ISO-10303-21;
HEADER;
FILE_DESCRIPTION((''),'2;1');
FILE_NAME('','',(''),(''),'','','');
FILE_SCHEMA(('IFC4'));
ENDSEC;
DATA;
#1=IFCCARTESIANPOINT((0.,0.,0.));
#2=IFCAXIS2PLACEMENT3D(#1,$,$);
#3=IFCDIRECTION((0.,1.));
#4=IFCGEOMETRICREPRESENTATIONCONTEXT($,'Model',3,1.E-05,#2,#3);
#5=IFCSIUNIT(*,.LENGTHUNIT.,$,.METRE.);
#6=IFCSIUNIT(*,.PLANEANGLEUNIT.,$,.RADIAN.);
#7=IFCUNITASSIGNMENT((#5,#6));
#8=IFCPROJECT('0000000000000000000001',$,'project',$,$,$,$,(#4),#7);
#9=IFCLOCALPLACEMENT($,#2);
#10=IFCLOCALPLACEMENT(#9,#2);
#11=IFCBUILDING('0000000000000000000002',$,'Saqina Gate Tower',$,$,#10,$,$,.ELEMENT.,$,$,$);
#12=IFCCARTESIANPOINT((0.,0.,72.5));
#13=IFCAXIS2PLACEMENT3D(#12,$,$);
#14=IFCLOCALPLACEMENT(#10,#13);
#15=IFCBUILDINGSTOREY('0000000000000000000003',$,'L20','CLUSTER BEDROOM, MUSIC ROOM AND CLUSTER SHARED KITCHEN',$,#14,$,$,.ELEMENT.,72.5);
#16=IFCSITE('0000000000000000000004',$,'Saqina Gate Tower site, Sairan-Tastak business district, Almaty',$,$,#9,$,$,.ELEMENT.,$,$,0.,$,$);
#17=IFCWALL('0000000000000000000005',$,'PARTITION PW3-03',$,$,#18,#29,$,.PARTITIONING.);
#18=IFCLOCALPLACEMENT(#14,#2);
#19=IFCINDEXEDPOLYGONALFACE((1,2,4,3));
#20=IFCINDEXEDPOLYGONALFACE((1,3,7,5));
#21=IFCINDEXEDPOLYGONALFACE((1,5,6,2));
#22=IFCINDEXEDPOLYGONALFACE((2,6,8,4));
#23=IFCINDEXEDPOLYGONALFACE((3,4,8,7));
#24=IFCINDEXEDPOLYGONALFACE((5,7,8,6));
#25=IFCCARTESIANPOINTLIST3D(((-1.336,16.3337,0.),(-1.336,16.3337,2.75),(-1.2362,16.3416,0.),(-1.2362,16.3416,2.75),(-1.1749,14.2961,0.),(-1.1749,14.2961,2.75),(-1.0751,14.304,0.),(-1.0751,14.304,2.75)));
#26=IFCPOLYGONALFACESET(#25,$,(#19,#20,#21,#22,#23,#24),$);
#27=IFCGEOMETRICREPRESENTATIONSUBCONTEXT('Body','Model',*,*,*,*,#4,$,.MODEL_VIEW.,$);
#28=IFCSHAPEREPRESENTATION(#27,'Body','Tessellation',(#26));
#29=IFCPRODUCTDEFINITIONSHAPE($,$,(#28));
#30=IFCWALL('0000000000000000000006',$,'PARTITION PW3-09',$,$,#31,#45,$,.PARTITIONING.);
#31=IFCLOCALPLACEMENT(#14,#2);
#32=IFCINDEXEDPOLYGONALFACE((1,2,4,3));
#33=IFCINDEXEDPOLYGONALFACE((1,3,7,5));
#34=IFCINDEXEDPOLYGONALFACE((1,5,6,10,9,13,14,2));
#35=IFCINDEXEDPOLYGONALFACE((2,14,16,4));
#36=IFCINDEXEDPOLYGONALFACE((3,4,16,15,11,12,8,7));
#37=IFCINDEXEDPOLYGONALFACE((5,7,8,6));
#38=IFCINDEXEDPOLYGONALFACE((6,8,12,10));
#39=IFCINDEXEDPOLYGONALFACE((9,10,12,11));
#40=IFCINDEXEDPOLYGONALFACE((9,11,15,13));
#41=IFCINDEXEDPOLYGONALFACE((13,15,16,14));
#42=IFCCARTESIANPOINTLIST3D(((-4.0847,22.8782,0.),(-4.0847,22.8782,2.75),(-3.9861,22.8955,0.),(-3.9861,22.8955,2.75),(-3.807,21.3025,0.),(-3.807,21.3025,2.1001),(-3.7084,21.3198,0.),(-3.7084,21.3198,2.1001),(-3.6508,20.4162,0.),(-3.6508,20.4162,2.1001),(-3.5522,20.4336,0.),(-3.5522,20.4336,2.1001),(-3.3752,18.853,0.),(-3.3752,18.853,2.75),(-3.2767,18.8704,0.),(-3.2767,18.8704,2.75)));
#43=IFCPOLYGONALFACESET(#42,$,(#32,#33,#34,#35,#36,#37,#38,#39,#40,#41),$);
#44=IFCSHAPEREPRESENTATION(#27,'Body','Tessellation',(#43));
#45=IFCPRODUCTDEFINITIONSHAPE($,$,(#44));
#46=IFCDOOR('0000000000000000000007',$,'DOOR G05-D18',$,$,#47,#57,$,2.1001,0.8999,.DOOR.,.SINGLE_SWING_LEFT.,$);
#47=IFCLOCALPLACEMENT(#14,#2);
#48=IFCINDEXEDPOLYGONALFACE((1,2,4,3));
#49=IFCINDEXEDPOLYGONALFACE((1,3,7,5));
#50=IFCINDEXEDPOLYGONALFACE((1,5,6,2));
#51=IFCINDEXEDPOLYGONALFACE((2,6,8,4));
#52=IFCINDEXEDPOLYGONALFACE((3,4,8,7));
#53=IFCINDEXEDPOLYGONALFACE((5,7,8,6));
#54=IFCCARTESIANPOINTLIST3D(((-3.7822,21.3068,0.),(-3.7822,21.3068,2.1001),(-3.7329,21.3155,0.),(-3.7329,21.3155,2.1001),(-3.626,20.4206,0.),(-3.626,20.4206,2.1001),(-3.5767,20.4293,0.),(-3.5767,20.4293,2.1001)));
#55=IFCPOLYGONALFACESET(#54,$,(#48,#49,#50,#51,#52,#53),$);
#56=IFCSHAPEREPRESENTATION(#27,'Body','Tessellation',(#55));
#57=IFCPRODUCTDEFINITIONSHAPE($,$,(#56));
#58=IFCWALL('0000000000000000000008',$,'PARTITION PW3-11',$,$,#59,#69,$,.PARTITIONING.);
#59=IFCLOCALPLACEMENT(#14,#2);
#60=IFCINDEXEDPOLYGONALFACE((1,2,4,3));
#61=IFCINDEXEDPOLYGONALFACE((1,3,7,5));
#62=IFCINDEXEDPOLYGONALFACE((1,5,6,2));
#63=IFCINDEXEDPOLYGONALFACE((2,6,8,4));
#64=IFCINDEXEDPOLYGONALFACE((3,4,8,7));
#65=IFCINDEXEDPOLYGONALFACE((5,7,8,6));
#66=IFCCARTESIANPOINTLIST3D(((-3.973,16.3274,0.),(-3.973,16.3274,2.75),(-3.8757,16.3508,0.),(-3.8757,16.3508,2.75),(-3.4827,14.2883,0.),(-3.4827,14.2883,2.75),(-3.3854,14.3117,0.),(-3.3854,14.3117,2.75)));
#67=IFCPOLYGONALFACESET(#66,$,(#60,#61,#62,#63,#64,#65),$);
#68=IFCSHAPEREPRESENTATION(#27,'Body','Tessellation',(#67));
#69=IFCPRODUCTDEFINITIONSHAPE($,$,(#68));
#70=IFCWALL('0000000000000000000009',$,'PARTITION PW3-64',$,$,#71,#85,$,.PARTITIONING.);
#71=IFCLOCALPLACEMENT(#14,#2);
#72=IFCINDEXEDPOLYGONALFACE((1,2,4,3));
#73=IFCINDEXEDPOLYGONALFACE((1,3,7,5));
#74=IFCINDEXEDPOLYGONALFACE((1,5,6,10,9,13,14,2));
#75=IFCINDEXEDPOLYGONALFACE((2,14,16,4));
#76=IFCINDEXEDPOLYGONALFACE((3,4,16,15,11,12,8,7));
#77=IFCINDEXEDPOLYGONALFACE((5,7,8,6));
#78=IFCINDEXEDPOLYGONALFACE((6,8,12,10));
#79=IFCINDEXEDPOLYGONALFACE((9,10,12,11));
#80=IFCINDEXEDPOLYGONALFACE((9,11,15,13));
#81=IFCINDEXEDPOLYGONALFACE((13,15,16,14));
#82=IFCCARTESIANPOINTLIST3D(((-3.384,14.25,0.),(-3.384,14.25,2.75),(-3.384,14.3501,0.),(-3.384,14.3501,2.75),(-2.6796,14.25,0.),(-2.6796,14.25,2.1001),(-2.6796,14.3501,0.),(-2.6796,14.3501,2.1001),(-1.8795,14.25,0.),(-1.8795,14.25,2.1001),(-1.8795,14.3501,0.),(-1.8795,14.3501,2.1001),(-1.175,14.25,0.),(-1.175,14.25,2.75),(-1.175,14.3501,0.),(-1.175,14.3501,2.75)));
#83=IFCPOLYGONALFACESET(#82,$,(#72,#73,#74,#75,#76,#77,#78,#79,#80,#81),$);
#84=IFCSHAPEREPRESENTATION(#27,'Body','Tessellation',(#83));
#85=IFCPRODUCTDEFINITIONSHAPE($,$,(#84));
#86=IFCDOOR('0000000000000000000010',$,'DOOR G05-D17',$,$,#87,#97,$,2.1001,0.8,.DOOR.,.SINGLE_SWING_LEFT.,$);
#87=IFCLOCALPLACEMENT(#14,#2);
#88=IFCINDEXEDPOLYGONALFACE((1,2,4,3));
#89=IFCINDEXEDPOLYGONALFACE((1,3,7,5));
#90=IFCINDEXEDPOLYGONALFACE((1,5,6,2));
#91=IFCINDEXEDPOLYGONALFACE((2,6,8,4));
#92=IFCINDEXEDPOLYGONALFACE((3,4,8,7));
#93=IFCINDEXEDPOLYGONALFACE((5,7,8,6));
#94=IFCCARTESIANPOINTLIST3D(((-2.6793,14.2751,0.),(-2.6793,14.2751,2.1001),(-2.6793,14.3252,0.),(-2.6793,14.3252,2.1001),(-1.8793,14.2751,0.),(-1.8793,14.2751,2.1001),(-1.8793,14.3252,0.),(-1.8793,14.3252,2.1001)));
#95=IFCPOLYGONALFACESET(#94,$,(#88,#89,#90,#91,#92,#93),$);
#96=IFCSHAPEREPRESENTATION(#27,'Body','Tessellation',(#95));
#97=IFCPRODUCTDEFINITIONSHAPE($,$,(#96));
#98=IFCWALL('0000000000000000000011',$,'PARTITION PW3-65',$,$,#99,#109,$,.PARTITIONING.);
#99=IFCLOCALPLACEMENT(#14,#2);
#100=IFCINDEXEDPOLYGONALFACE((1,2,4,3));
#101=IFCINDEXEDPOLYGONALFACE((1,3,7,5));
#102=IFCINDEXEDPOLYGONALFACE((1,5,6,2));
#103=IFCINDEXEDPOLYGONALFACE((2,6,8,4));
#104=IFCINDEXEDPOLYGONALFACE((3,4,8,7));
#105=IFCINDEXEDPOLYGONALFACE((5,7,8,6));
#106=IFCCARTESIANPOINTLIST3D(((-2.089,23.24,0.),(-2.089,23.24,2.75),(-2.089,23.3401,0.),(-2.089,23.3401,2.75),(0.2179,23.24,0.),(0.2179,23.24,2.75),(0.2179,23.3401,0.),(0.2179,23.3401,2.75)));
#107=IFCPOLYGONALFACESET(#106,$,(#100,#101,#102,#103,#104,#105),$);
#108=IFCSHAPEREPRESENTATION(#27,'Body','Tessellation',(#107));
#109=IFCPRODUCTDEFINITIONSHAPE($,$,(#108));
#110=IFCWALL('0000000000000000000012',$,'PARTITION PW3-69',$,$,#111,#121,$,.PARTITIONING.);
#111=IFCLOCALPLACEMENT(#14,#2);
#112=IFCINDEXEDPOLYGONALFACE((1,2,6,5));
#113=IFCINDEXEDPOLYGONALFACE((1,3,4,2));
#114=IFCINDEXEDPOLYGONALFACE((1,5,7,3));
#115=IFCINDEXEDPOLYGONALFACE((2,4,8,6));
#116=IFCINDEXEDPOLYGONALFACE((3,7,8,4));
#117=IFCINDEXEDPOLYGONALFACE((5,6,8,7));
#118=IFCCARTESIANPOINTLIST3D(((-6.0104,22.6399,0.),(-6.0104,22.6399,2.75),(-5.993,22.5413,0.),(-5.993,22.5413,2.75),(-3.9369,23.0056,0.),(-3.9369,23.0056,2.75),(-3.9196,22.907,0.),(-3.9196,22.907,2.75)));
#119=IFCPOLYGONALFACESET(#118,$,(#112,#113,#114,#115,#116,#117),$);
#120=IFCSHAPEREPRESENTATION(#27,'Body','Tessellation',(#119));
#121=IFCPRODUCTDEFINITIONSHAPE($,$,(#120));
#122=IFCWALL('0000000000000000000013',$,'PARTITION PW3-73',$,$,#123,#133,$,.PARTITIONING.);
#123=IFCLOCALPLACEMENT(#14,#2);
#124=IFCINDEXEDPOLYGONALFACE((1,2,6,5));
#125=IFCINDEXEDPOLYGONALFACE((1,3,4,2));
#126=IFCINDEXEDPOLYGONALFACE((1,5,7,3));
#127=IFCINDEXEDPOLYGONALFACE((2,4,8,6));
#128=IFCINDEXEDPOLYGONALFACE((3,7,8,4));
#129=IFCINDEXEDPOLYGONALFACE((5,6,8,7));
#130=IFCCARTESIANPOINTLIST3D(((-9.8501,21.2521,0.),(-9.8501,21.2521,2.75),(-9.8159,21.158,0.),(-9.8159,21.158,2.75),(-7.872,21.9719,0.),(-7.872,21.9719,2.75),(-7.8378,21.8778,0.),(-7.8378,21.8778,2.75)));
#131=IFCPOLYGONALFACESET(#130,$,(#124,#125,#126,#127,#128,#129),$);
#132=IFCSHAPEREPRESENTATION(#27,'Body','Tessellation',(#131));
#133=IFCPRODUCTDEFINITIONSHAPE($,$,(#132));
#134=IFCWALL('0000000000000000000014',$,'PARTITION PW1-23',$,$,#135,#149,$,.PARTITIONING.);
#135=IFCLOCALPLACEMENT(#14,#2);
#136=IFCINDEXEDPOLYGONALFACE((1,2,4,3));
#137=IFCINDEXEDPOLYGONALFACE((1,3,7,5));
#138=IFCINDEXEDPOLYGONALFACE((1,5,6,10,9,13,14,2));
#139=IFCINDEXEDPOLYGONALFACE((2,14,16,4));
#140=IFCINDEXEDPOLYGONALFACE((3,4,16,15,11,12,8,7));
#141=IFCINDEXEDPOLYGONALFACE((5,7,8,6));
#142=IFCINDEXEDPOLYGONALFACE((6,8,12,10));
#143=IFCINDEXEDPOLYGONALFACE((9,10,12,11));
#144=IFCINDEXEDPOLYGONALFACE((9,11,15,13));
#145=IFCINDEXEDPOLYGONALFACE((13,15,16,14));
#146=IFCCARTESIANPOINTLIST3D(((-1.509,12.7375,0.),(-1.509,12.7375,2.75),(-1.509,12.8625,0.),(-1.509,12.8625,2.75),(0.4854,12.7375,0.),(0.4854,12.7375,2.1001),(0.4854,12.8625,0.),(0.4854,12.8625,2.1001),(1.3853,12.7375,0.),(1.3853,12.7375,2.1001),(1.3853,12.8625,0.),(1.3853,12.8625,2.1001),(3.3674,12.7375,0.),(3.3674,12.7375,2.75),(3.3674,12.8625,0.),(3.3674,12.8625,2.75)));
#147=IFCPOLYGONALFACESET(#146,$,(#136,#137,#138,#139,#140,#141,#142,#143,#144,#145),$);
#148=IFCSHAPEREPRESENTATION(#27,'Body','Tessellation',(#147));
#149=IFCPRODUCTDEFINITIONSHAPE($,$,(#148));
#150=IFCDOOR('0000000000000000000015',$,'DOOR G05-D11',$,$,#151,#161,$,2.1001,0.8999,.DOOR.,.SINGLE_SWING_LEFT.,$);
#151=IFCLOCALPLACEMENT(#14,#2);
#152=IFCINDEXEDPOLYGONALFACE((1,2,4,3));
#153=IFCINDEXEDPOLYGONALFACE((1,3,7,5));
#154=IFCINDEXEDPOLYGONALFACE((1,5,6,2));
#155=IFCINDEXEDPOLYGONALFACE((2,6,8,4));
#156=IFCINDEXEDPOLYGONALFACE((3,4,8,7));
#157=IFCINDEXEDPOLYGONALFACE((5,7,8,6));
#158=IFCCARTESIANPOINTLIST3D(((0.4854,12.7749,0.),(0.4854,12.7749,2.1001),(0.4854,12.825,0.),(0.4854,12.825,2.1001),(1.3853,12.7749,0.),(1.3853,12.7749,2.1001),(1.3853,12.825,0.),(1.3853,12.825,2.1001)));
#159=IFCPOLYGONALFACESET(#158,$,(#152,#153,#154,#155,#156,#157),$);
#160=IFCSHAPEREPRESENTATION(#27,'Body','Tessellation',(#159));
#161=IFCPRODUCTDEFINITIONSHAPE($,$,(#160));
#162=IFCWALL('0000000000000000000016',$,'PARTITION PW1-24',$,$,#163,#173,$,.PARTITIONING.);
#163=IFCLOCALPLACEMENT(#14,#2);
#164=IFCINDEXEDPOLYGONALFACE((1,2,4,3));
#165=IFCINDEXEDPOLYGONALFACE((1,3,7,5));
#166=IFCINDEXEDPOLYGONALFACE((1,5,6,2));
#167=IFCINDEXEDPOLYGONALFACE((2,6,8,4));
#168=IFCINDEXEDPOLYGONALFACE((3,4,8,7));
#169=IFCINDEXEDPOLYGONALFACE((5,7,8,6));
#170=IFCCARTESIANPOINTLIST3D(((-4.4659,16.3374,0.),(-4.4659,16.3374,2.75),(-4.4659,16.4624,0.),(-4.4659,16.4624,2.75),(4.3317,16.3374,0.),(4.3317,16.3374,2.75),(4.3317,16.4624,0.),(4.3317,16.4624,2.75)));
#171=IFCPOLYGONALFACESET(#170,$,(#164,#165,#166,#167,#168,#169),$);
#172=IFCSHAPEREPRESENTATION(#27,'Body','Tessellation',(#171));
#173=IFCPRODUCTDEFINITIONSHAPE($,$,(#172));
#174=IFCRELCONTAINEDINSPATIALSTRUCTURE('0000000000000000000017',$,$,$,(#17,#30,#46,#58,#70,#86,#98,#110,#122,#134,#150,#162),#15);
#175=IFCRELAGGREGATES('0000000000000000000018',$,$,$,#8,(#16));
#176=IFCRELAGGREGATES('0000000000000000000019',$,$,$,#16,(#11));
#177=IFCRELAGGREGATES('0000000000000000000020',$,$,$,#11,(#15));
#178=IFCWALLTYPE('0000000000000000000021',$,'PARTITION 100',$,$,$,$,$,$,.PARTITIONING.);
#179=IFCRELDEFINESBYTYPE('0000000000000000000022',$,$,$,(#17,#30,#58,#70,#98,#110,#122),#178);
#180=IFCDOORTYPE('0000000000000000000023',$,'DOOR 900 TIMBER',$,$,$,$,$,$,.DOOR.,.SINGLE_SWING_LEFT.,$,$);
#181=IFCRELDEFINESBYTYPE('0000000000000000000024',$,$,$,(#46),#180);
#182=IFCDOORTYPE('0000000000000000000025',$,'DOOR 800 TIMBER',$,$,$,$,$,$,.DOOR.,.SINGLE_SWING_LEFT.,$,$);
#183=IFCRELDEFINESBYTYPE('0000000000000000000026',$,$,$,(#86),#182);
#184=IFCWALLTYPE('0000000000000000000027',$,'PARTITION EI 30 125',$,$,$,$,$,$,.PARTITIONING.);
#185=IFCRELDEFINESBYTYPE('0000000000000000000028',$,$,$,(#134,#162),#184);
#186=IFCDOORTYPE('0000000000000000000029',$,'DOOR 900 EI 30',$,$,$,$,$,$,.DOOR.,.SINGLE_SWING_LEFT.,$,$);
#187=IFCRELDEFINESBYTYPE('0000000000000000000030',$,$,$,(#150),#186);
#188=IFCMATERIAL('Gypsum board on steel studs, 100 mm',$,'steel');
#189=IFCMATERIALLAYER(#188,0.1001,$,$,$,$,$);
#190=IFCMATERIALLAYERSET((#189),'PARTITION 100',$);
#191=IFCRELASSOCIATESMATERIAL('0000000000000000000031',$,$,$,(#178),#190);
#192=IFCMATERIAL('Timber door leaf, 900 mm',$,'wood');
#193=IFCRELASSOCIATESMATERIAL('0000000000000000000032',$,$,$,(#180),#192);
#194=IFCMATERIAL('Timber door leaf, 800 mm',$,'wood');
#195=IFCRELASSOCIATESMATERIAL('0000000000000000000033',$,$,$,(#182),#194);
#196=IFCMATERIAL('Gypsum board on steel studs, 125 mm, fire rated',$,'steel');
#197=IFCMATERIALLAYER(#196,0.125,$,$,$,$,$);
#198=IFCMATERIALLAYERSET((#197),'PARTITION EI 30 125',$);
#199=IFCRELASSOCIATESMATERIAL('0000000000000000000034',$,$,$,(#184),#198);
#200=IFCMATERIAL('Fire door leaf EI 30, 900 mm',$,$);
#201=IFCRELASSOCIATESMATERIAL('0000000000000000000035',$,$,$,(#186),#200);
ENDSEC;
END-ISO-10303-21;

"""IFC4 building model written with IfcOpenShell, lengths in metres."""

from ifc_helpers import new_model, si_unit, direction, frame, frame_2d, origin, place, context, subcontext, project, spatial, rectangle, extrude, material, layer, layer_set, type_object, element, fill, save


model = new_model("IFC4")

# Units and contexts
model_context = context("Model", 3, precision=1e-05, world=origin(), true_north=direction((0.0, 1.0)))
body_context = subcontext(model_context, "Body", "Model", "MODEL_VIEW")
ifc_project = project(units=[si_unit("LENGTHUNIT", "METRE"), si_unit("PLANEANGLEUNIT", "RADIAN")], contexts=[model_context])

# Site, building, storey
site_placement = place(None, origin())
site = spatial("IfcSite", under=ifc_project, at=site_placement, Name="Saqina Gate Tower site, Sairan-Tastak business district, Almaty", CompositionType="ELEMENT", RefElevation=0.0)
building_placement = place(site_placement, origin())
building = spatial("IfcBuilding", under=site, at=building_placement, Name="Saqina Gate Tower", CompositionType="ELEMENT")
storey_placement = place(building_placement, frame((0.0, 0.0, 72.5)))
storey = spatial("IfcBuildingStorey", under=building, at=storey_placement, Name="L20", Description="CLUSTER BEDROOM, MUSIC ROOM AND CLUSTER SHARED KITCHEN", CompositionType="ELEMENT", Elevation=72.5)

# Wall
ifc_material_1 = material(Name="Gypsum board on steel studs, 100 mm", Category="steel")
ifc_layer_1 = layer(ifc_material_1, 0.1001)
ifc_layer_set_1 = layer_set([ifc_layer_1], Name="PARTITION 100")
wall_type_1 = type_object("IfcWallType", Name="PARTITION 100", PredefinedType="PARTITIONING", material=ifc_layer_set_1)
wall_1_placement = place(storey_placement, frame((-1.2861, 16.3376, 0.0), z_axis=(0.0, 0.0, 1.0), x_axis=(0.078834, -0.996888, 0.0)))
element("IfcWall", 1, at=wall_1_placement, inside=storey, type_object=wall_type_1, Name="PARTITION PW3-03", PredefinedType="PARTITIONING", context=body_context, shape_type="SweptSolid", body=[
    extrude(rectangle(XDim=2.0439, YDim=0.1001, at=frame_2d((1.022, 0.0))), origin(), (0.0, 0.0, 1.0), 2.75),
])

# Wall, opening, door
wall_2_placement = place(storey_placement, frame((-4.0354, 22.8867, 0.0), z_axis=(0.0, 0.0, 1.0), x_axis=(0.173584, -0.984819, 0.0)))
wall_2 = element("IfcWall", 2, at=wall_2_placement, inside=storey, type_object=wall_type_1, Name="PARTITION PW3-09", PredefinedType="PARTITIONING", context=body_context, shape_type="SweptSolid", body=[
    extrude(rectangle(XDim=4.0872, YDim=0.1001, at=frame_2d((2.0435, 0.0))), origin(), (0.0, 0.0, 1.0), 2.75),
])
opening_1_placement = place(wall_2_placement, frame((1.5999, 0.0, 0.0)))
opening_1 = element("IfcOpeningElement", 3, at=opening_1_placement, cuts=wall_2, PredefinedType="OPENING", context=body_context, shape_type="SweptSolid", body=[
    extrude(rectangle(XDim=0.8999, YDim=2.1001, at=frame_2d((0.45, 1.05))), frame((0.0, 0.062, 0.0), z_axis=(0.0, -1.0, 0.0), x_axis=(1.0, 0.0, 0.0)), (0.0, 0.0, 1.0), 0.124),
])
ifc_material_2 = material(Name="Timber door leaf, 900 mm", Category="wood")
door_type_1 = type_object("IfcDoorType", Name="DOOR 900 TIMBER", OperationType="SINGLE_SWING_LEFT", PredefinedType="DOOR", material=ifc_material_2)
door_1_placement = place(opening_1_placement, frame((0.8999, 0.0, 0.0), z_axis=(0.0, 0.0, 1.0), x_axis=(-1.0, 0.0, 0.0)))
door_1 = element("IfcDoor", 4, at=door_1_placement, inside=storey, type_object=door_type_1, Name="DOOR G05-D18", OperationType="SINGLE_SWING_LEFT", OverallHeight=2.1001, OverallWidth=0.8999, PredefinedType="DOOR", context=body_context, shape_type="SweptSolid", body=[
    extrude(rectangle(XDim=0.8999, YDim=2.1001, at=frame_2d((0.45, 1.05))), frame((0.0, 0.0249, 0.0), z_axis=(0.0, -1.0, 0.0), x_axis=(1.0, 0.0, 0.0)), (0.0, 0.0, 1.0), 0.05),
])
fill(opening_1, door_1)

# Wall
wall_3_placement = place(storey_placement, frame((-3.9243, 16.3391, 0.0), z_axis=(0.0, 0.0, 1.0), x_axis=(0.23376, -0.972294, 0.0)))
element("IfcWall", 5, at=wall_3_placement, inside=storey, type_object=wall_type_1, Name="PARTITION PW3-11", PredefinedType="PARTITIONING", context=body_context, shape_type="SweptSolid", body=[
    extrude(rectangle(XDim=2.0972, YDim=0.1001, at=frame_2d((1.0486, 0.0))), origin(), (0.0, 0.0, 1.0), 2.75),
])

# Wall, opening, door
wall_4_placement = place(storey_placement, frame((-3.384, 14.3, 0.0), z_axis=(0.0, 0.0, 1.0), x_axis=(1.0, 0.0, 0.0)))
wall_4 = element("IfcWall", 6, at=wall_4_placement, inside=storey, type_object=wall_type_1, Name="PARTITION PW3-64", PredefinedType="PARTITIONING", context=body_context, shape_type="SweptSolid", body=[
    extrude(rectangle(XDim=2.209, YDim=0.1001, at=frame_2d((1.1045, 0.0))), origin(), (0.0, 0.0, 1.0), 2.75),
])
opening_2_placement = place(wall_4_placement, frame((0.7046, 0.0, 0.0)))
opening_2 = element("IfcOpeningElement", 7, at=opening_2_placement, cuts=wall_4, PredefinedType="OPENING", context=body_context, shape_type="SweptSolid", body=[
    extrude(rectangle(XDim=0.8, YDim=2.1001, at=frame_2d((0.3999, 1.05))), frame((0.0, 0.062, 0.0), z_axis=(0.0, -1.0, 0.0), x_axis=(1.0, 0.0, 0.0)), (0.0, 0.0, 1.0), 0.124),
])
ifc_material_3 = material(Name="Timber door leaf, 800 mm", Category="wood")
door_type_2 = type_object("IfcDoorType", Name="DOOR 800 TIMBER", OperationType="SINGLE_SWING_LEFT", PredefinedType="DOOR", material=ifc_material_3)
door_2_placement = place(opening_2_placement, frame((0.8, 0.0, 0.0), z_axis=(0.0, 0.0, 1.0), x_axis=(-1.0, 0.0, 0.0)))
door_2 = element("IfcDoor", 8, at=door_2_placement, inside=storey, type_object=door_type_2, Name="DOOR G05-D17", OperationType="SINGLE_SWING_LEFT", OverallHeight=2.1001, OverallWidth=0.8, PredefinedType="DOOR", context=body_context, shape_type="SweptSolid", body=[
    extrude(rectangle(XDim=0.8, YDim=2.1001, at=frame_2d((0.3999, 1.05))), frame((0.0, 0.0249, 0.0), z_axis=(0.0, -1.0, 0.0), x_axis=(1.0, 0.0, 0.0)), (0.0, 0.0, 1.0), 0.05),
])
fill(opening_2, door_2)

# Walls
wall_5_placement = place(storey_placement, frame((-2.0889, 23.29, 0.0), z_axis=(0.0, 0.0, 1.0), x_axis=(1.0, 0.0, 0.0)))
element("IfcWall", 9, at=wall_5_placement, inside=storey, type_object=wall_type_1, Name="PARTITION PW3-65", PredefinedType="PARTITIONING", context=body_context, shape_type="SweptSolid", body=[
    extrude(rectangle(XDim=2.3069, YDim=0.1001, at=frame_2d((1.1533, 0.0))), origin(), (0.0, 0.0, 1.0), 2.75),
])
wall_6_placement = place(storey_placement, frame((-6.0017, 22.5906, 0.0), z_axis=(0.0, 0.0, 1.0), x_axis=(0.984799, 0.173699, 0.0)))
element("IfcWall", 10, at=wall_6_placement, inside=storey, type_object=wall_type_1, Name="PARTITION PW3-69", PredefinedType="PARTITIONING", context=body_context, shape_type="SweptSolid", body=[
    extrude(rectangle(XDim=2.1055, YDim=0.1001, at=frame_2d((1.0527, 0.0))), origin(), (0.0, 0.0, 1.0), 2.75),
])
wall_7_placement = place(storey_placement, frame((-9.833, 21.2051, 0.0), z_axis=(0.0, 0.0, 1.0), x_axis=(0.939726, 0.341929, 0.0)))
element("IfcWall", 11, at=wall_7_placement, inside=storey, type_object=wall_type_1, Name="PARTITION PW3-73", PredefinedType="PARTITIONING", context=body_context, shape_type="SweptSolid", body=[
    extrude(rectangle(XDim=2.105, YDim=0.1001, at=frame_2d((1.0525, 0.0))), origin(), (0.0, 0.0, 1.0), 2.75),
])

# Wall, opening, door
ifc_material_4 = material(Name="Gypsum board on steel studs, 125 mm, fire rated", Category="steel")
ifc_layer_2 = layer(ifc_material_4, 0.125)
ifc_layer_set_2 = layer_set([ifc_layer_2], Name="PARTITION EI 30 125")
wall_type_2 = type_object("IfcWallType", Name="PARTITION EI 30 125", PredefinedType="PARTITIONING", material=ifc_layer_set_2)
wall_8_placement = place(storey_placement, frame((-1.509, 12.8, 0.0), z_axis=(0.0, 0.0, 1.0), x_axis=(1.0, 0.0, 0.0)))
wall_8 = element("IfcWall", 12, at=wall_8_placement, inside=storey, type_object=wall_type_2, Name="PARTITION PW1-23", PredefinedType="PARTITIONING", context=body_context, shape_type="SweptSolid", body=[
    extrude(rectangle(XDim=4.8765, YDim=0.125, at=frame_2d((2.4382, 0.0))), origin(), (0.0, 0.0, 1.0), 2.75),
])
opening_3_placement = place(wall_8_placement, frame((1.9944, 0.0, 0.0)))
opening_3 = element("IfcOpeningElement", 13, at=opening_3_placement, cuts=wall_8, PredefinedType="OPENING", context=body_context, shape_type="SweptSolid", body=[
    extrude(rectangle(XDim=0.8999, YDim=2.1001, at=frame_2d((0.45, 1.05))), frame((0.0, 0.0745, 0.0), z_axis=(0.0, -1.0, 0.0), x_axis=(1.0, 0.0, 0.0)), (0.0, 0.0, 1.0), 0.1489),
])
ifc_material_5 = material(Name="Fire door leaf EI 30, 900 mm")
door_type_3 = type_object("IfcDoorType", Name="DOOR 900 EI 30", OperationType="SINGLE_SWING_LEFT", PredefinedType="DOOR", material=ifc_material_5)
door_3_placement = place(opening_3_placement, origin())
door_3 = element("IfcDoor", 14, at=door_3_placement, inside=storey, type_object=door_type_3, Name="DOOR G05-D11", OperationType="SINGLE_SWING_LEFT", OverallHeight=2.1001, OverallWidth=0.8999, PredefinedType="DOOR", context=body_context, shape_type="SweptSolid", body=[
    extrude(rectangle(XDim=0.8999, YDim=2.1001, at=frame_2d((0.45, 1.05))), frame((0.0, 0.0249, 0.0), z_axis=(0.0, -1.0, 0.0), x_axis=(1.0, 0.0, 0.0)), (0.0, 0.0, 1.0), 0.05),
])
fill(opening_3, door_3)

# Wall
wall_9_placement = place(storey_placement, frame((-4.4661, 16.3999, 0.0), z_axis=(0.0, 0.0, 1.0), x_axis=(1.0, 0.0, 0.0)))
element("IfcWall", 15, at=wall_9_placement, inside=storey, type_object=wall_type_2, Name="PARTITION PW1-24", PredefinedType="PARTITIONING", context=body_context, shape_type="SweptSolid", body=[
    extrude(rectangle(XDim=8.7976, YDim=0.125, at=frame_2d((4.3989, 0.0))), origin(), (0.0, 0.0, 1.0), 2.75),
])

save(model, "model.ifc")
